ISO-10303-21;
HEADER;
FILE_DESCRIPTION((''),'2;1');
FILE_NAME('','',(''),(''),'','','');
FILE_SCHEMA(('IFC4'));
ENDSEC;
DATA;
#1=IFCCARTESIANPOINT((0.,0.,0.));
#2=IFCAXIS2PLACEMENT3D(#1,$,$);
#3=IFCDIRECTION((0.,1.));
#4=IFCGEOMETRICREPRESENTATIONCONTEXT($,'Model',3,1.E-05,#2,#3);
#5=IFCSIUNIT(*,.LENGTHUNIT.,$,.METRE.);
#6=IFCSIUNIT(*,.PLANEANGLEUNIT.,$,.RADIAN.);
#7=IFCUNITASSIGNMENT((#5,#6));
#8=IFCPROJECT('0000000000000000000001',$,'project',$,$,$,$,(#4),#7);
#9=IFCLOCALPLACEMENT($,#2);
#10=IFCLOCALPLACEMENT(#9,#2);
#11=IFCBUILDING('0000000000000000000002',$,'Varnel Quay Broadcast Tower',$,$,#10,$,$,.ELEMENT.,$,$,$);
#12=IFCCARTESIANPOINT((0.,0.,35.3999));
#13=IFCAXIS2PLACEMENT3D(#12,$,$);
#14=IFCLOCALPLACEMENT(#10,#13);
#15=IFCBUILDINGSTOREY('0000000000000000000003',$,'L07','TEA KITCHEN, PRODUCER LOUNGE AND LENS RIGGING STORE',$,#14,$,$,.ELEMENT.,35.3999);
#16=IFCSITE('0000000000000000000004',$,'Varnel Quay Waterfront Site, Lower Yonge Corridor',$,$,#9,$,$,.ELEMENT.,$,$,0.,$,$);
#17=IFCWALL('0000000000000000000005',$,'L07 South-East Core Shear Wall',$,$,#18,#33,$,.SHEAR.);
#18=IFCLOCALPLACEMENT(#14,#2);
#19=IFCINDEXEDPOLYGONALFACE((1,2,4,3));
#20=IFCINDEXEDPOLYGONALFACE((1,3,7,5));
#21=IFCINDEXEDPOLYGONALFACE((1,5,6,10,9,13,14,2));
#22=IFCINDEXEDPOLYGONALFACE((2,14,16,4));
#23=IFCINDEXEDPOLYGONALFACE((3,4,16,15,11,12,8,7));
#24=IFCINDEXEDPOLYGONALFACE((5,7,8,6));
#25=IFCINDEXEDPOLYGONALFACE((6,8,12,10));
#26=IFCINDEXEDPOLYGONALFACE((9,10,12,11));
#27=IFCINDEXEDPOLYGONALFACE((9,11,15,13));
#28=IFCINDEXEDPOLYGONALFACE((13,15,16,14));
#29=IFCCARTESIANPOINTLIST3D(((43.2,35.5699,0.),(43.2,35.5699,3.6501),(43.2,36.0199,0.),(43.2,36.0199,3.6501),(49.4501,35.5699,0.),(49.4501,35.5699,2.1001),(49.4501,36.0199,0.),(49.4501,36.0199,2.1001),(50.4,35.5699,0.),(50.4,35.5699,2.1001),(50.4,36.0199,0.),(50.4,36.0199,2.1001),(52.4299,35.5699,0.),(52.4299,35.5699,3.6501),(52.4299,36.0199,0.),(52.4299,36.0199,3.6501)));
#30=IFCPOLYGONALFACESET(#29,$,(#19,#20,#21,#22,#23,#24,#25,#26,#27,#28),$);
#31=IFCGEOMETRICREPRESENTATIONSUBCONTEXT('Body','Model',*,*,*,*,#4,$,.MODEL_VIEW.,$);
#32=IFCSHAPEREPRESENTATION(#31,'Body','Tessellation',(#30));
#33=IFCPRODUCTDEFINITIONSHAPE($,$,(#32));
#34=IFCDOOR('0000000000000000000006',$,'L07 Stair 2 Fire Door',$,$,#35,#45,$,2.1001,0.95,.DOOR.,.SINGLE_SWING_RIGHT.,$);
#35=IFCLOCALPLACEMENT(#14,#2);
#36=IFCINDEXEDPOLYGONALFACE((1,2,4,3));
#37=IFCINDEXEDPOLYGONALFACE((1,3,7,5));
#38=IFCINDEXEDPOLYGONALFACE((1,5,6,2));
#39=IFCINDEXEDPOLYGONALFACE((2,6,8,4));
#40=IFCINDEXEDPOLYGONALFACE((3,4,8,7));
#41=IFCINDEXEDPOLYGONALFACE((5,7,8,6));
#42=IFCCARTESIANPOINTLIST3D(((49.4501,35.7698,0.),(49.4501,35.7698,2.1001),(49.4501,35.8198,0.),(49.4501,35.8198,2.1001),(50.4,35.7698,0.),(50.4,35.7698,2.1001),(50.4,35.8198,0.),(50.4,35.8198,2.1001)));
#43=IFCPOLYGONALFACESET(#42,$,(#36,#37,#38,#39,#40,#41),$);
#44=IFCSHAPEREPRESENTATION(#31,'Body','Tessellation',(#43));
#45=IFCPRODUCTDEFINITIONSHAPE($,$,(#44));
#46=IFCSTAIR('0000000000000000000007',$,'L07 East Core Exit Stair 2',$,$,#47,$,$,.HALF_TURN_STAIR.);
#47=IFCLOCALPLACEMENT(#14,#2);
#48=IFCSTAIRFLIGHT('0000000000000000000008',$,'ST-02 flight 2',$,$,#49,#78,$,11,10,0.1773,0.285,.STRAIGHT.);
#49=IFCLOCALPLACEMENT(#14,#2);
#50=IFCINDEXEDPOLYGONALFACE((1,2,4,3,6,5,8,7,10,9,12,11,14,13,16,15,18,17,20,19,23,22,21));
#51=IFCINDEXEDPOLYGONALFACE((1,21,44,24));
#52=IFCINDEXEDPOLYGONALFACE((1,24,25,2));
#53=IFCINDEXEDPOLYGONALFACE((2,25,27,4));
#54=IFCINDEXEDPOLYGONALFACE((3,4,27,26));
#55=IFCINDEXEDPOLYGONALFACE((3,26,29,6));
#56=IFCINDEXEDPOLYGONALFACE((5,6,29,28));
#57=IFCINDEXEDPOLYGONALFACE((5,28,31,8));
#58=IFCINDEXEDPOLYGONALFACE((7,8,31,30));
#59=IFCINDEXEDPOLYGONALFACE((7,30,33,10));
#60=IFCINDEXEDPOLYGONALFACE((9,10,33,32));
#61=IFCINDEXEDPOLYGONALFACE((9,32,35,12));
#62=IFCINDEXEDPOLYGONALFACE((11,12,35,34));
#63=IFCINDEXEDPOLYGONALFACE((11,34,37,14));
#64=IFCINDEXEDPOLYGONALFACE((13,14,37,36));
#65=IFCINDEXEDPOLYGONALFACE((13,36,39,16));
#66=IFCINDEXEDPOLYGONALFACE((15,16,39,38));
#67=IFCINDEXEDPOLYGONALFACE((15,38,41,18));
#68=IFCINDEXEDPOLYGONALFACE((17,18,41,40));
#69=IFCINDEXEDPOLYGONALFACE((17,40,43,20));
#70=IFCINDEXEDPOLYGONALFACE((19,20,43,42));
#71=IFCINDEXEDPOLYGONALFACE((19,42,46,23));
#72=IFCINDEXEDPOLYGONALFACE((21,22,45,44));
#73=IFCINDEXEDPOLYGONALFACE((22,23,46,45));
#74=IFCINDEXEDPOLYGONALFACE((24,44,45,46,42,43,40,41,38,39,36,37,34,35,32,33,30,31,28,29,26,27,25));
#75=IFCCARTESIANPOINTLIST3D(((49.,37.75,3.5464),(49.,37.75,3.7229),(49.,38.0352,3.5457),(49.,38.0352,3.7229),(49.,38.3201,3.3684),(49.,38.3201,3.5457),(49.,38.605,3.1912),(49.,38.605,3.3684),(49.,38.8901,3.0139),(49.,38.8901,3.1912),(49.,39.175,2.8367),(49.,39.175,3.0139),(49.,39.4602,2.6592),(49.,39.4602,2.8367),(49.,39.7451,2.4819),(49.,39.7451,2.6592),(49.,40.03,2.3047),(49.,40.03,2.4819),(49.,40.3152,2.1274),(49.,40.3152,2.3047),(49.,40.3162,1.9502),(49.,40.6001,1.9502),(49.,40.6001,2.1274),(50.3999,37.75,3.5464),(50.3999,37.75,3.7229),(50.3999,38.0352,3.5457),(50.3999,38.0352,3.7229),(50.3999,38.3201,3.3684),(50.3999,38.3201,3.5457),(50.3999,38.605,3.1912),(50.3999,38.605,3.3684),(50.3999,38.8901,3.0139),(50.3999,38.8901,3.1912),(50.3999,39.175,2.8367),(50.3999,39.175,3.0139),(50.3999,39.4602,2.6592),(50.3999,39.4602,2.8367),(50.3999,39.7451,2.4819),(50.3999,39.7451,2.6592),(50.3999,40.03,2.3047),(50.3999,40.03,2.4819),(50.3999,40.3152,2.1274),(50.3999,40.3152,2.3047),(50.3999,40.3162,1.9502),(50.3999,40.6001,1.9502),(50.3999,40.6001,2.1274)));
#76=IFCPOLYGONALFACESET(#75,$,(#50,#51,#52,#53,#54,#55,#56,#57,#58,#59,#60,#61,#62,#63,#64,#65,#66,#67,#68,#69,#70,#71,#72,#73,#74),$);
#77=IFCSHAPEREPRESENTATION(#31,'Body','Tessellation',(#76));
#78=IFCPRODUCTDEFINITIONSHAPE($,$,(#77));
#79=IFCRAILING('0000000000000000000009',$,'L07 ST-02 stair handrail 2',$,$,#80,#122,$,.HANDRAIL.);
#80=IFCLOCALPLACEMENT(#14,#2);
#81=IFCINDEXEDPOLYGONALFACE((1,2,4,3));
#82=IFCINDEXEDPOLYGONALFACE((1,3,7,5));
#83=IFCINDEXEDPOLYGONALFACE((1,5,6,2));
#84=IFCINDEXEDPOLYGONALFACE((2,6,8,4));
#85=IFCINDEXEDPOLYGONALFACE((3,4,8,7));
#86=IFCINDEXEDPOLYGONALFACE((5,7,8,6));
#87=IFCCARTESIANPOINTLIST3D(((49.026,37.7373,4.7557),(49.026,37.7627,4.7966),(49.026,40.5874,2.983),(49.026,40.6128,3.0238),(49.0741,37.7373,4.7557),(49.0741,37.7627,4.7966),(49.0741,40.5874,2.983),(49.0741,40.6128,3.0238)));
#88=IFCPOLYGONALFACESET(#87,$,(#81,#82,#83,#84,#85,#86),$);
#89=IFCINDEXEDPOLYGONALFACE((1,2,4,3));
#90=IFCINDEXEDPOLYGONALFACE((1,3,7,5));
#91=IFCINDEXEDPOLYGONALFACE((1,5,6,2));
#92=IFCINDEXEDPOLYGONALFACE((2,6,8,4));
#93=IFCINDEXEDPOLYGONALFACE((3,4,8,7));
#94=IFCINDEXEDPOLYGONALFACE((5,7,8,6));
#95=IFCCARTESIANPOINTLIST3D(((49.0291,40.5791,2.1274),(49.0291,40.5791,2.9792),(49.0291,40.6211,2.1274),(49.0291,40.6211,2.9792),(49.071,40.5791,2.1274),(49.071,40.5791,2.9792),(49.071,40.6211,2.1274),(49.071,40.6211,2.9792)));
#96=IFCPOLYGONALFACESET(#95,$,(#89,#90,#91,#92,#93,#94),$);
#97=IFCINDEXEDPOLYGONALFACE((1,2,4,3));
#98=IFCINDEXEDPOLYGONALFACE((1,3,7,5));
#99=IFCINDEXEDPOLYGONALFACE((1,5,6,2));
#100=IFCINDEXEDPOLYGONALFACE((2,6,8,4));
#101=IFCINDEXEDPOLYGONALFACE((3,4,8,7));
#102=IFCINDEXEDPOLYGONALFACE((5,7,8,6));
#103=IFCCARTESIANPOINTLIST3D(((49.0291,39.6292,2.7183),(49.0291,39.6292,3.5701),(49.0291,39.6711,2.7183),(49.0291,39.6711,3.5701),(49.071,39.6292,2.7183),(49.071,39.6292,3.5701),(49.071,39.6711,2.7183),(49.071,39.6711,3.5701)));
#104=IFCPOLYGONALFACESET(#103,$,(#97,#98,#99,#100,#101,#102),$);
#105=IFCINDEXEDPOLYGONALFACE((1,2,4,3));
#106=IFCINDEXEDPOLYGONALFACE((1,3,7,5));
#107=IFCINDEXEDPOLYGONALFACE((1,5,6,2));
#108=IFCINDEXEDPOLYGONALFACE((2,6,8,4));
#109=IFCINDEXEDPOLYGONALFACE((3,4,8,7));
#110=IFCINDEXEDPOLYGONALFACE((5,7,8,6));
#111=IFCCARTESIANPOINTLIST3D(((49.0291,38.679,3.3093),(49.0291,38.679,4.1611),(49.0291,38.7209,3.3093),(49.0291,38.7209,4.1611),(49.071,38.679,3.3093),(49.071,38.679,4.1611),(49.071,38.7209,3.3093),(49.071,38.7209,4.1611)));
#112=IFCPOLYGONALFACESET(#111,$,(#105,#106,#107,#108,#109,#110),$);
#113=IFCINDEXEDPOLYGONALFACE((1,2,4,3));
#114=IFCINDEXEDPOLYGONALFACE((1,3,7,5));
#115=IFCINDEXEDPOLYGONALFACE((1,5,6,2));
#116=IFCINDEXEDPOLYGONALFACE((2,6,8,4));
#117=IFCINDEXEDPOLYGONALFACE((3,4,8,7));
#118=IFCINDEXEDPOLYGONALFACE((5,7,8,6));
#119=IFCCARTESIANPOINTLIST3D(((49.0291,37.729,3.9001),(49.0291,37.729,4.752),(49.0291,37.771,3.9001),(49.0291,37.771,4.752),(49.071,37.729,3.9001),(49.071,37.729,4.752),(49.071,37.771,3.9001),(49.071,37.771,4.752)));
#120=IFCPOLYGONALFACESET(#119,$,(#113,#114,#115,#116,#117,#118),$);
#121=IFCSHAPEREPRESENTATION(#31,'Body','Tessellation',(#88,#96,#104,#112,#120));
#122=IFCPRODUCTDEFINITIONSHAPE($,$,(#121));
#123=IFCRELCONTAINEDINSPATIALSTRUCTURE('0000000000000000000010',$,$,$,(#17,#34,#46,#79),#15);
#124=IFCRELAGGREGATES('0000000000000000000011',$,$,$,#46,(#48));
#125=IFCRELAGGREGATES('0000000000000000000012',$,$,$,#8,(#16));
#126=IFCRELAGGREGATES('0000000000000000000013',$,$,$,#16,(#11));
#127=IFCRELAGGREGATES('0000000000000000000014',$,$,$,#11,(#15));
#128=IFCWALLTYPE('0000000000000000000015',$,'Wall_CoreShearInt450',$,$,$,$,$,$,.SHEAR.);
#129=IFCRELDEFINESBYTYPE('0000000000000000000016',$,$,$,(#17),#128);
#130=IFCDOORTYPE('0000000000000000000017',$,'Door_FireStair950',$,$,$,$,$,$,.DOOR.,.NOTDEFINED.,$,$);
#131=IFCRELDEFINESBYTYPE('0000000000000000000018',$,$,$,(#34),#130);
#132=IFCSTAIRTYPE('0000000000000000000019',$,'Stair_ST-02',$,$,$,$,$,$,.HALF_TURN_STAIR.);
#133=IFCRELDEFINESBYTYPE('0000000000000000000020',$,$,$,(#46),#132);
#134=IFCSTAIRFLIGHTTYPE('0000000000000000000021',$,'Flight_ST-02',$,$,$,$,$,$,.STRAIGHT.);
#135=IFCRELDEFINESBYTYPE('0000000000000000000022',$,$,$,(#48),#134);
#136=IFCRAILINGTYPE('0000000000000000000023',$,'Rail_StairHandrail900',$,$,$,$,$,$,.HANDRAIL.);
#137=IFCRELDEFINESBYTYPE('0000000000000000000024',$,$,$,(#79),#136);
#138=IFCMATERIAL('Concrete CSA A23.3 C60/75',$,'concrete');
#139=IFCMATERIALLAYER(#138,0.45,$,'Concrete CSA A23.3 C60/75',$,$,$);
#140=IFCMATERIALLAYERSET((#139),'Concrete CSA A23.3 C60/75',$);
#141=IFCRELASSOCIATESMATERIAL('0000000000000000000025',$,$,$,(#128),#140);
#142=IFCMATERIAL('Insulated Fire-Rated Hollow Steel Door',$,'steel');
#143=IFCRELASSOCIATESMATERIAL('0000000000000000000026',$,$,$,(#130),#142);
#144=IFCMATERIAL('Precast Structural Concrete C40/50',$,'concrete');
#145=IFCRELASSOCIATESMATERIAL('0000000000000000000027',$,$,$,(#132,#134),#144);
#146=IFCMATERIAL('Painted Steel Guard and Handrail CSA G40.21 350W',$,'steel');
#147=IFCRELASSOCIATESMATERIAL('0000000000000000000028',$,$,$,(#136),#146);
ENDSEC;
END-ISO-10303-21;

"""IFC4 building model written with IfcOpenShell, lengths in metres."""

from ifc_helpers import new_model, si_unit, direction, frame, frame_2d, origin, origin_2d, place, context, subcontext, project, spatial, polyline, rectangle, outline, extrude, source, transform, mapped, material, layer, layer_set, type_object, type_shapes, element, fill, aggregate, save


model = new_model("IFC4")

# Units and contexts
model_context = context("Model", 3, precision=1e-05, world=origin(), true_north=direction((0.0, 1.0)))
body_context = subcontext(model_context, "Body", "Model", "MODEL_VIEW")
ifc_project = project(units=[si_unit("LENGTHUNIT", "METRE"), si_unit("PLANEANGLEUNIT", "RADIAN")], contexts=[model_context])

# Site, building, storey
site_placement = place(None, origin())
site = spatial("IfcSite", under=ifc_project, at=site_placement, Name="Varnel Quay Waterfront Site, Lower Yonge Corridor", CompositionType="ELEMENT", RefElevation=0.0)
building_placement = place(site_placement, origin())
building = spatial("IfcBuilding", under=site, at=building_placement, Name="Varnel Quay Broadcast Tower", CompositionType="ELEMENT")
storey_placement = place(building_placement, frame((0.0, 0.0, 35.3999)))
storey = spatial("IfcBuildingStorey", under=building, at=storey_placement, Name="L07", Description="TEA KITCHEN, PRODUCER LOUNGE AND LENS RIGGING STORE", CompositionType="ELEMENT", Elevation=35.3999)

# Wall, opening, door
ifc_material_1 = material(Name="Concrete CSA A23.3 C60/75", Category="concrete")
ifc_layer_1 = layer(ifc_material_1, 0.45, Name="Concrete CSA A23.3 C60/75")
ifc_layer_set_1 = layer_set([ifc_layer_1], Name="Concrete CSA A23.3 C60/75")
wall_type_1 = type_object("IfcWallType", Name="Wall_CoreShearInt450", PredefinedType="SHEAR", material=ifc_layer_set_1)
wall_1_placement = place(storey_placement, frame((43.2, 35.7949, 0.0), z_axis=(0.0, 0.0, 1.0), x_axis=(1.0, 0.0, 0.0)))
wall_1 = element("IfcWall", 1, at=wall_1_placement, inside=storey, type_object=wall_type_1, Name="L07 South-East Core Shear Wall", PredefinedType="SHEAR", context=body_context, shape_type="SweptSolid", body=[
    extrude(rectangle(XDim=9.23, YDim=0.45, at=frame_2d((4.615, 0.0))), origin(), (0.0, 0.0, 1.0), 3.6501),
])
opening_placement = place(wall_1_placement, frame((6.25, 0.0, 0.0)))
opening = element("IfcOpeningElement", 2, at=opening_placement, cuts=wall_1, PredefinedType="OPENING", context=body_context, shape_type="SweptSolid", body=[
    extrude(rectangle(XDim=0.95, YDim=2.1001, at=frame_2d((0.4751, 1.05))), frame((0.0, 0.2349, 0.0), z_axis=(0.0, -1.0, 0.0), x_axis=(1.0, 0.0, 0.0)), (0.0, 0.0, 1.0), 0.47),
])
ifc_material_2 = material(Name="Insulated Fire-Rated Hollow Steel Door", Category="steel")
door_type = type_object("IfcDoorType", Name="Door_FireStair950", OperationType="NOTDEFINED", PredefinedType="DOOR", material=ifc_material_2)
shared_shape_1 = source(origin(), body_context, "Body", "SweptSolid", [
    extrude(rectangle(XDim=0.95, YDim=2.1001, at=frame_2d((0.4751, 1.05))), frame((0.0, 0.0249, 0.0), z_axis=(0.0, -1.0, 0.0), x_axis=(1.0, 0.0, 0.0)), (0.0, 0.0, 1.0), 0.05),
])
type_shapes(door_type, [shared_shape_1])
door_placement = place(opening_placement, origin())
door = element("IfcDoor", 3, at=door_placement, inside=storey, type_object=door_type, Name="L07 Stair 2 Fire Door", OperationType="SINGLE_SWING_RIGHT", OverallHeight=2.1001, OverallWidth=0.95, PredefinedType="DOOR", context=body_context, shape_type="MappedRepresentation", body=[
    mapped(shared_shape_1, transform((0.0, 0.0, 0.0), x_axis=(1.0, 0.0, 0.0), y_axis=(0.0, 1.0, 0.0), z_axis=(0.0, 0.0, 1.0), scale=1.0)),
])
fill(opening, door)

# Stair, stair flight
ifc_material_3 = material(Name="Precast Structural Concrete C40/50", Category="concrete")
stair_type = type_object("IfcStairType", Name="Stair_ST-02", PredefinedType="HALF_TURN_STAIR", material=ifc_material_3)
stair_placement = place(storey_placement, origin())
stair = element("IfcStair", 4, at=stair_placement, inside=storey, type_object=stair_type, Name="L07 East Core Exit Stair 2", PredefinedType="HALF_TURN_STAIR")
stair_flight_type = type_object("IfcStairFlightType", Name="Flight_ST-02", PredefinedType="STRAIGHT", material=ifc_material_3)
stair_flight_placement = place(storey_placement, frame((49.7, 40.6001, 1.9502), z_axis=(0.0, 0.0, 1.0), x_axis=(0.0, -1.0, 0.0)))
stair_flight = element("IfcStairFlight", 5, at=stair_flight_placement, type_object=stair_flight_type, Name="ST-02 flight 2", NumberOfRisers=11, NumberOfTreads=10, PredefinedType="STRAIGHT", RiserHeight=0.1773, TreadLength=0.285, context=body_context, shape_type="SweptSolid", body=[
    extrude(outline(polyline([(0.0, 0.0), (0.0, 0.1772), (0.2849, 0.1772), (0.2849, 0.3545), (0.5701, 0.3545), (0.5701, 0.5317), (0.855, 0.5317), (0.855, 0.709), (1.1399, 0.709), (1.1399, 0.8865), (1.425, 0.8865), (1.425, 1.0637), (1.71, 1.0637), (1.71, 1.241), (1.9951, 1.241), (1.9951, 1.4182), (2.28, 1.4182), (2.28, 1.5955), (2.5649, 1.5955), (2.5649, 1.7727), (2.8501, 1.7727), (2.8501, 1.95), (2.8501, 1.5962), (0.2839, 0.0), (0.0, 0.0)])), frame((0.0, 0.7, 0.0), z_axis=(0.0, -1.0, 0.0), x_axis=(1.0, 0.0, 0.0)), (0.0, 0.0, 1.0), 1.3999),
])
aggregate(stair, [stair_flight])

# Railing
ifc_material_4 = material(Name="Painted Steel Guard and Handrail CSA G40.21 350W", Category="steel")
railing_type = type_object("IfcRailingType", Name="Rail_StairHandrail900", PredefinedType="HANDRAIL", material=ifc_material_4)
railing_placement = place(storey_placement, frame((49.05, 40.6001, 2.1274)))
element("IfcRailing", 6, at=railing_placement, inside=storey, type_object=railing_type, Name="L07 ST-02 stair handrail 2", PredefinedType="HANDRAIL", context=body_context, shape_type="SweptSolid", body=[
    extrude(rectangle(XDim=0.0481, YDim=0.0481, at=origin_2d()), frame((0.0, 0.0, 0.876), z_axis=(0.0, -0.849149, 0.528154), x_axis=(1.0, 0.0, 0.0)), (0.0, 0.0, 1.0), 3.3564),
    extrude(rectangle(XDim=0.042, YDim=0.042, at=origin_2d()), origin(), (0.0, 0.0, 1.0), 0.8518),
    extrude(rectangle(XDim=0.042, YDim=0.042, at=origin_2d()), frame((0.0, -0.95, 0.5908)), (0.0, 0.0, 1.0), 0.8518),
    extrude(rectangle(XDim=0.042, YDim=0.042, at=origin_2d()), frame((0.0, -1.9001, 1.1819)), (0.0, 0.0, 1.0), 0.8518),
    extrude(rectangle(XDim=0.042, YDim=0.042, at=origin_2d()), frame((0.0, -2.8501, 1.7727)), (0.0, 0.0, 1.0), 0.8518),
])

save(model, "model.ifc")
